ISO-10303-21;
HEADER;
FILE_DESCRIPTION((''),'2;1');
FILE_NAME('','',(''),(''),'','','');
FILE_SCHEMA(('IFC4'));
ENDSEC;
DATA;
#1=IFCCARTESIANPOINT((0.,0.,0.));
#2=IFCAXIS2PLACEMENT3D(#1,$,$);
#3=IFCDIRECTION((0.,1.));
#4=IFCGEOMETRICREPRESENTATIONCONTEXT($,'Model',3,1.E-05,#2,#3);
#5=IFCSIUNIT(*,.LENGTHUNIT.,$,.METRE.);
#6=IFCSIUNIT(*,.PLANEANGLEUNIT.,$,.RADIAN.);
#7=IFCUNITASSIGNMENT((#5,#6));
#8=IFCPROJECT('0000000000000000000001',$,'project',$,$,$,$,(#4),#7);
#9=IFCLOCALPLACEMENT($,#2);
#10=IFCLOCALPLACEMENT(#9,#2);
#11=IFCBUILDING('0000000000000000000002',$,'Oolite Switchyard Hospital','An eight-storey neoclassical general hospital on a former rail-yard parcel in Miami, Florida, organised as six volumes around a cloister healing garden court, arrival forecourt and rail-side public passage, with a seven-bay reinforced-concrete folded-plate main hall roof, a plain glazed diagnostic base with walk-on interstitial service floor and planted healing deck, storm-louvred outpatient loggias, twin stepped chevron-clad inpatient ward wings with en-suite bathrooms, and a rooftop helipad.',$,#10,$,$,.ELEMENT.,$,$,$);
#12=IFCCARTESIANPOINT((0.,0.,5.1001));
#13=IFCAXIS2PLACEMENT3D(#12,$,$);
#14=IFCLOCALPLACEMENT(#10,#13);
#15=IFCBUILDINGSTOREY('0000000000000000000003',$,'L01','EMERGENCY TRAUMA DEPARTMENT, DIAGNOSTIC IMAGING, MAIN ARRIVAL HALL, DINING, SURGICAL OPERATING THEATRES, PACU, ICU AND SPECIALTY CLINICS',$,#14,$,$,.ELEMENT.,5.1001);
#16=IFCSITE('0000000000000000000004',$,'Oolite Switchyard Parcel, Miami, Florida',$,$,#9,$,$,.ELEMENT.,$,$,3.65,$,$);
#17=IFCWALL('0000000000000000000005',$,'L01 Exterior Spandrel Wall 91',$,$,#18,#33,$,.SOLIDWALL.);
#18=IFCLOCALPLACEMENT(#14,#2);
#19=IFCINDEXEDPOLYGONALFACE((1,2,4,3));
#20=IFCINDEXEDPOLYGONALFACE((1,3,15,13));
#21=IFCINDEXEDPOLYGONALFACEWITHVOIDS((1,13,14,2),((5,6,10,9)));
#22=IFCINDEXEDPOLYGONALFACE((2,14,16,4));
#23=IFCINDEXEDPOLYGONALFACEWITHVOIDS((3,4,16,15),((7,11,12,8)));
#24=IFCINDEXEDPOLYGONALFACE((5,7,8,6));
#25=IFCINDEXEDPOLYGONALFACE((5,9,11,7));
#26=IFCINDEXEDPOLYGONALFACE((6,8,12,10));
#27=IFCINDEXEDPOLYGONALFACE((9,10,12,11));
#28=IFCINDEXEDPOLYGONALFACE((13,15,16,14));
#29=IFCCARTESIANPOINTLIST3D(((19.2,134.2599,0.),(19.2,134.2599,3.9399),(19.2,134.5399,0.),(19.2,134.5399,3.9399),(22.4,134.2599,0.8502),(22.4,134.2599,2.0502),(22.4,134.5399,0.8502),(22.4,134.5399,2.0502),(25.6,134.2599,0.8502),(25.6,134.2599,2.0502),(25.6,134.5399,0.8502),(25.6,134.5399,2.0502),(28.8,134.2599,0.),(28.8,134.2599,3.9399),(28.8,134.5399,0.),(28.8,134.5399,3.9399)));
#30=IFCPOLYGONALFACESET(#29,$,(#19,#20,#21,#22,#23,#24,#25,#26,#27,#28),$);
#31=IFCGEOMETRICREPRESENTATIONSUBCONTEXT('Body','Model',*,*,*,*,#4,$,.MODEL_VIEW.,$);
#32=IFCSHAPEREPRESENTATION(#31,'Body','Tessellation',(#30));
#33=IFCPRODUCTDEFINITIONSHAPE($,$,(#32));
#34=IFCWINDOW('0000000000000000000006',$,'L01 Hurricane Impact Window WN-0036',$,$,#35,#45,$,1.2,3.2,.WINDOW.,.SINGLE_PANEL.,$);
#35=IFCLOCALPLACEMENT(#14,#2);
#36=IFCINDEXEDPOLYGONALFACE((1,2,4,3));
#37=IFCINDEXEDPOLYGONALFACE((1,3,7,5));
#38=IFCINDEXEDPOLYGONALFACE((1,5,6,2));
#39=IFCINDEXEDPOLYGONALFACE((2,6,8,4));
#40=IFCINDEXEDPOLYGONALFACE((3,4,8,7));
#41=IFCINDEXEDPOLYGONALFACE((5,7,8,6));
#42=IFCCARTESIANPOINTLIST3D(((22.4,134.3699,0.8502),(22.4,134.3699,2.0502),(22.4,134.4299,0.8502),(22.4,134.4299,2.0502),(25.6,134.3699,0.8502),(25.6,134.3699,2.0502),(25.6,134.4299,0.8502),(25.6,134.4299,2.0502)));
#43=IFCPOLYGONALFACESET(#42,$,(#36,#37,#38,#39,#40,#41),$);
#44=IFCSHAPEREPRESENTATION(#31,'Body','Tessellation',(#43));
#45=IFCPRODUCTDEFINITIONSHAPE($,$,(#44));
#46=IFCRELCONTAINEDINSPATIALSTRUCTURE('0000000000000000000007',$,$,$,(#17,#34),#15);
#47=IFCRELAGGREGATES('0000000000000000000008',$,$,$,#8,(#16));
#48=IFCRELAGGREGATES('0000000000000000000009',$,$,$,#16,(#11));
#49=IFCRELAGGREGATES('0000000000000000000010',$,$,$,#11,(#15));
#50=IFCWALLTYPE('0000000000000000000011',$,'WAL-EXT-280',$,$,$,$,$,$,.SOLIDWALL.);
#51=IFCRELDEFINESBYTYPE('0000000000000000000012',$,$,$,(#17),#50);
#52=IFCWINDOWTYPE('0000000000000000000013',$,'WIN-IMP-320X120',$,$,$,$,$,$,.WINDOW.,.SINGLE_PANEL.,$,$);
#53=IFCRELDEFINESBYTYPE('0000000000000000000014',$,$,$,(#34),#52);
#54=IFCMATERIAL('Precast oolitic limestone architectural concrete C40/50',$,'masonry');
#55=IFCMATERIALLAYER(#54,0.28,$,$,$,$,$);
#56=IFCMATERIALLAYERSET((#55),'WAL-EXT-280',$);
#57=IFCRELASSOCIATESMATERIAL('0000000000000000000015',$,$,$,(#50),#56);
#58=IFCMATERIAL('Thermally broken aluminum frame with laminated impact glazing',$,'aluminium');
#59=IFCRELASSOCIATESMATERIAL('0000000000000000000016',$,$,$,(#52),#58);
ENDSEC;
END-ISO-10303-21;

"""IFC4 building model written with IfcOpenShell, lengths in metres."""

from ifc_helpers import new_model, si_unit, direction, frame, frame_2d, origin, place, context, subcontext, project, spatial, rectangle, extrude, material, layer, layer_set, type_object, element, fill, save


model = new_model("IFC4")

# Units and contexts
model_context = context("Model", 3, precision=1e-05, world=origin(), true_north=direction((0.0, 1.0)))
body_context = subcontext(model_context, "Body", "Model", "MODEL_VIEW")
ifc_project = project(units=[si_unit("LENGTHUNIT", "METRE"), si_unit("PLANEANGLEUNIT", "RADIAN")], contexts=[model_context])

# Site, building, storey
site_placement = place(None, origin())
site = spatial("IfcSite", under=ifc_project, at=site_placement, Name="Oolite Switchyard Parcel, Miami, Florida", CompositionType="ELEMENT", RefElevation=3.65)
building_placement = place(site_placement, origin())
building = spatial("IfcBuilding", under=site, at=building_placement, Name="Oolite Switchyard Hospital", Description="An eight-storey neoclassical general hospital on a former rail-yard parcel in Miami, Florida, organised as six volumes around a cloister healing garden court, arrival forecourt and rail-side public passage, with a seven-bay reinforced-concrete folded-plate main hall roof, a plain glazed diagnostic base with walk-on interstitial service floor and planted healing deck, storm-louvred outpatient loggias, twin stepped chevron-clad inpatient ward wings with en-suite bathrooms, and a rooftop helipad.", CompositionType="ELEMENT")
storey_placement = place(building_placement, frame((0.0, 0.0, 5.1001)))
storey = spatial("IfcBuildingStorey", under=building, at=storey_placement, Name="L01", Description="EMERGENCY TRAUMA DEPARTMENT, DIAGNOSTIC IMAGING, MAIN ARRIVAL HALL, DINING, SURGICAL OPERATING THEATRES, PACU, ICU AND SPECIALTY CLINICS", CompositionType="ELEMENT", Elevation=5.1001)

# Shared definitions
ifc_material_1 = material(Name="Thermally broken aluminum frame with laminated impact glazing", Category="aluminium")

# Wall, opening, window
ifc_material_2 = material(Name="Precast oolitic limestone architectural concrete C40/50", Category="masonry")
ifc_layer_1 = layer(ifc_material_2, 0.28)
ifc_layer_set_1 = layer_set([ifc_layer_1], Name="WAL-EXT-280")
wall_type = type_object("IfcWallType", Name="WAL-EXT-280", PredefinedType="SOLIDWALL", material=ifc_layer_set_1)
wall_placement = place(storey_placement, frame((19.2, 134.3999, 0.0), z_axis=(0.0, 0.0, 1.0), x_axis=(1.0, 0.0, 0.0)))
wall = element("IfcWall", 1, at=wall_placement, inside=storey, type_object=wall_type, Name="L01 Exterior Spandrel Wall 91", PredefinedType="SOLIDWALL", context=body_context, shape_type="SweptSolid", body=[
    extrude(rectangle(XDim=9.6001, YDim=0.28, at=frame_2d((4.8, 0.0))), origin(), (0.0, 0.0, 1.0), 3.9399),
])
opening_placement = place(wall_placement, frame((3.2, 0.0, 0.8501)))
opening = element("IfcOpeningElement", 2, at=opening_placement, cuts=wall, PredefinedType="OPENING", context=body_context, shape_type="SweptSolid", body=[
    extrude(rectangle(XDim=3.2, YDim=1.2, at=frame_2d((1.6001, 0.6001))), frame((0.0, 0.1499, 0.0), z_axis=(0.0, -1.0, 0.0), x_axis=(1.0, 0.0, 0.0)), (0.0, 0.0, 1.0), 0.3),
])
window_type = type_object("IfcWindowType", Name="WIN-IMP-320X120", PartitioningType="SINGLE_PANEL", PredefinedType="WINDOW", material=ifc_material_1)
window_placement = place(opening_placement, origin())
window = element("IfcWindow", 3, at=window_placement, inside=storey, type_object=window_type, Name="L01 Hurricane Impact Window WN-0036", OverallHeight=1.2, OverallWidth=3.2, PartitioningType="SINGLE_PANEL", PredefinedType="WINDOW", context=body_context, shape_type="SweptSolid", body=[
    extrude(rectangle(XDim=3.2, YDim=1.2, at=frame_2d((1.6001, 0.6001))), frame((0.0, 0.03, 0.0), z_axis=(0.0, -1.0, 0.0), x_axis=(1.0, 0.0, 0.0)), (0.0, 0.0, 1.0), 0.0601),
])
fill(opening, window)

save(model, "model.ifc")
